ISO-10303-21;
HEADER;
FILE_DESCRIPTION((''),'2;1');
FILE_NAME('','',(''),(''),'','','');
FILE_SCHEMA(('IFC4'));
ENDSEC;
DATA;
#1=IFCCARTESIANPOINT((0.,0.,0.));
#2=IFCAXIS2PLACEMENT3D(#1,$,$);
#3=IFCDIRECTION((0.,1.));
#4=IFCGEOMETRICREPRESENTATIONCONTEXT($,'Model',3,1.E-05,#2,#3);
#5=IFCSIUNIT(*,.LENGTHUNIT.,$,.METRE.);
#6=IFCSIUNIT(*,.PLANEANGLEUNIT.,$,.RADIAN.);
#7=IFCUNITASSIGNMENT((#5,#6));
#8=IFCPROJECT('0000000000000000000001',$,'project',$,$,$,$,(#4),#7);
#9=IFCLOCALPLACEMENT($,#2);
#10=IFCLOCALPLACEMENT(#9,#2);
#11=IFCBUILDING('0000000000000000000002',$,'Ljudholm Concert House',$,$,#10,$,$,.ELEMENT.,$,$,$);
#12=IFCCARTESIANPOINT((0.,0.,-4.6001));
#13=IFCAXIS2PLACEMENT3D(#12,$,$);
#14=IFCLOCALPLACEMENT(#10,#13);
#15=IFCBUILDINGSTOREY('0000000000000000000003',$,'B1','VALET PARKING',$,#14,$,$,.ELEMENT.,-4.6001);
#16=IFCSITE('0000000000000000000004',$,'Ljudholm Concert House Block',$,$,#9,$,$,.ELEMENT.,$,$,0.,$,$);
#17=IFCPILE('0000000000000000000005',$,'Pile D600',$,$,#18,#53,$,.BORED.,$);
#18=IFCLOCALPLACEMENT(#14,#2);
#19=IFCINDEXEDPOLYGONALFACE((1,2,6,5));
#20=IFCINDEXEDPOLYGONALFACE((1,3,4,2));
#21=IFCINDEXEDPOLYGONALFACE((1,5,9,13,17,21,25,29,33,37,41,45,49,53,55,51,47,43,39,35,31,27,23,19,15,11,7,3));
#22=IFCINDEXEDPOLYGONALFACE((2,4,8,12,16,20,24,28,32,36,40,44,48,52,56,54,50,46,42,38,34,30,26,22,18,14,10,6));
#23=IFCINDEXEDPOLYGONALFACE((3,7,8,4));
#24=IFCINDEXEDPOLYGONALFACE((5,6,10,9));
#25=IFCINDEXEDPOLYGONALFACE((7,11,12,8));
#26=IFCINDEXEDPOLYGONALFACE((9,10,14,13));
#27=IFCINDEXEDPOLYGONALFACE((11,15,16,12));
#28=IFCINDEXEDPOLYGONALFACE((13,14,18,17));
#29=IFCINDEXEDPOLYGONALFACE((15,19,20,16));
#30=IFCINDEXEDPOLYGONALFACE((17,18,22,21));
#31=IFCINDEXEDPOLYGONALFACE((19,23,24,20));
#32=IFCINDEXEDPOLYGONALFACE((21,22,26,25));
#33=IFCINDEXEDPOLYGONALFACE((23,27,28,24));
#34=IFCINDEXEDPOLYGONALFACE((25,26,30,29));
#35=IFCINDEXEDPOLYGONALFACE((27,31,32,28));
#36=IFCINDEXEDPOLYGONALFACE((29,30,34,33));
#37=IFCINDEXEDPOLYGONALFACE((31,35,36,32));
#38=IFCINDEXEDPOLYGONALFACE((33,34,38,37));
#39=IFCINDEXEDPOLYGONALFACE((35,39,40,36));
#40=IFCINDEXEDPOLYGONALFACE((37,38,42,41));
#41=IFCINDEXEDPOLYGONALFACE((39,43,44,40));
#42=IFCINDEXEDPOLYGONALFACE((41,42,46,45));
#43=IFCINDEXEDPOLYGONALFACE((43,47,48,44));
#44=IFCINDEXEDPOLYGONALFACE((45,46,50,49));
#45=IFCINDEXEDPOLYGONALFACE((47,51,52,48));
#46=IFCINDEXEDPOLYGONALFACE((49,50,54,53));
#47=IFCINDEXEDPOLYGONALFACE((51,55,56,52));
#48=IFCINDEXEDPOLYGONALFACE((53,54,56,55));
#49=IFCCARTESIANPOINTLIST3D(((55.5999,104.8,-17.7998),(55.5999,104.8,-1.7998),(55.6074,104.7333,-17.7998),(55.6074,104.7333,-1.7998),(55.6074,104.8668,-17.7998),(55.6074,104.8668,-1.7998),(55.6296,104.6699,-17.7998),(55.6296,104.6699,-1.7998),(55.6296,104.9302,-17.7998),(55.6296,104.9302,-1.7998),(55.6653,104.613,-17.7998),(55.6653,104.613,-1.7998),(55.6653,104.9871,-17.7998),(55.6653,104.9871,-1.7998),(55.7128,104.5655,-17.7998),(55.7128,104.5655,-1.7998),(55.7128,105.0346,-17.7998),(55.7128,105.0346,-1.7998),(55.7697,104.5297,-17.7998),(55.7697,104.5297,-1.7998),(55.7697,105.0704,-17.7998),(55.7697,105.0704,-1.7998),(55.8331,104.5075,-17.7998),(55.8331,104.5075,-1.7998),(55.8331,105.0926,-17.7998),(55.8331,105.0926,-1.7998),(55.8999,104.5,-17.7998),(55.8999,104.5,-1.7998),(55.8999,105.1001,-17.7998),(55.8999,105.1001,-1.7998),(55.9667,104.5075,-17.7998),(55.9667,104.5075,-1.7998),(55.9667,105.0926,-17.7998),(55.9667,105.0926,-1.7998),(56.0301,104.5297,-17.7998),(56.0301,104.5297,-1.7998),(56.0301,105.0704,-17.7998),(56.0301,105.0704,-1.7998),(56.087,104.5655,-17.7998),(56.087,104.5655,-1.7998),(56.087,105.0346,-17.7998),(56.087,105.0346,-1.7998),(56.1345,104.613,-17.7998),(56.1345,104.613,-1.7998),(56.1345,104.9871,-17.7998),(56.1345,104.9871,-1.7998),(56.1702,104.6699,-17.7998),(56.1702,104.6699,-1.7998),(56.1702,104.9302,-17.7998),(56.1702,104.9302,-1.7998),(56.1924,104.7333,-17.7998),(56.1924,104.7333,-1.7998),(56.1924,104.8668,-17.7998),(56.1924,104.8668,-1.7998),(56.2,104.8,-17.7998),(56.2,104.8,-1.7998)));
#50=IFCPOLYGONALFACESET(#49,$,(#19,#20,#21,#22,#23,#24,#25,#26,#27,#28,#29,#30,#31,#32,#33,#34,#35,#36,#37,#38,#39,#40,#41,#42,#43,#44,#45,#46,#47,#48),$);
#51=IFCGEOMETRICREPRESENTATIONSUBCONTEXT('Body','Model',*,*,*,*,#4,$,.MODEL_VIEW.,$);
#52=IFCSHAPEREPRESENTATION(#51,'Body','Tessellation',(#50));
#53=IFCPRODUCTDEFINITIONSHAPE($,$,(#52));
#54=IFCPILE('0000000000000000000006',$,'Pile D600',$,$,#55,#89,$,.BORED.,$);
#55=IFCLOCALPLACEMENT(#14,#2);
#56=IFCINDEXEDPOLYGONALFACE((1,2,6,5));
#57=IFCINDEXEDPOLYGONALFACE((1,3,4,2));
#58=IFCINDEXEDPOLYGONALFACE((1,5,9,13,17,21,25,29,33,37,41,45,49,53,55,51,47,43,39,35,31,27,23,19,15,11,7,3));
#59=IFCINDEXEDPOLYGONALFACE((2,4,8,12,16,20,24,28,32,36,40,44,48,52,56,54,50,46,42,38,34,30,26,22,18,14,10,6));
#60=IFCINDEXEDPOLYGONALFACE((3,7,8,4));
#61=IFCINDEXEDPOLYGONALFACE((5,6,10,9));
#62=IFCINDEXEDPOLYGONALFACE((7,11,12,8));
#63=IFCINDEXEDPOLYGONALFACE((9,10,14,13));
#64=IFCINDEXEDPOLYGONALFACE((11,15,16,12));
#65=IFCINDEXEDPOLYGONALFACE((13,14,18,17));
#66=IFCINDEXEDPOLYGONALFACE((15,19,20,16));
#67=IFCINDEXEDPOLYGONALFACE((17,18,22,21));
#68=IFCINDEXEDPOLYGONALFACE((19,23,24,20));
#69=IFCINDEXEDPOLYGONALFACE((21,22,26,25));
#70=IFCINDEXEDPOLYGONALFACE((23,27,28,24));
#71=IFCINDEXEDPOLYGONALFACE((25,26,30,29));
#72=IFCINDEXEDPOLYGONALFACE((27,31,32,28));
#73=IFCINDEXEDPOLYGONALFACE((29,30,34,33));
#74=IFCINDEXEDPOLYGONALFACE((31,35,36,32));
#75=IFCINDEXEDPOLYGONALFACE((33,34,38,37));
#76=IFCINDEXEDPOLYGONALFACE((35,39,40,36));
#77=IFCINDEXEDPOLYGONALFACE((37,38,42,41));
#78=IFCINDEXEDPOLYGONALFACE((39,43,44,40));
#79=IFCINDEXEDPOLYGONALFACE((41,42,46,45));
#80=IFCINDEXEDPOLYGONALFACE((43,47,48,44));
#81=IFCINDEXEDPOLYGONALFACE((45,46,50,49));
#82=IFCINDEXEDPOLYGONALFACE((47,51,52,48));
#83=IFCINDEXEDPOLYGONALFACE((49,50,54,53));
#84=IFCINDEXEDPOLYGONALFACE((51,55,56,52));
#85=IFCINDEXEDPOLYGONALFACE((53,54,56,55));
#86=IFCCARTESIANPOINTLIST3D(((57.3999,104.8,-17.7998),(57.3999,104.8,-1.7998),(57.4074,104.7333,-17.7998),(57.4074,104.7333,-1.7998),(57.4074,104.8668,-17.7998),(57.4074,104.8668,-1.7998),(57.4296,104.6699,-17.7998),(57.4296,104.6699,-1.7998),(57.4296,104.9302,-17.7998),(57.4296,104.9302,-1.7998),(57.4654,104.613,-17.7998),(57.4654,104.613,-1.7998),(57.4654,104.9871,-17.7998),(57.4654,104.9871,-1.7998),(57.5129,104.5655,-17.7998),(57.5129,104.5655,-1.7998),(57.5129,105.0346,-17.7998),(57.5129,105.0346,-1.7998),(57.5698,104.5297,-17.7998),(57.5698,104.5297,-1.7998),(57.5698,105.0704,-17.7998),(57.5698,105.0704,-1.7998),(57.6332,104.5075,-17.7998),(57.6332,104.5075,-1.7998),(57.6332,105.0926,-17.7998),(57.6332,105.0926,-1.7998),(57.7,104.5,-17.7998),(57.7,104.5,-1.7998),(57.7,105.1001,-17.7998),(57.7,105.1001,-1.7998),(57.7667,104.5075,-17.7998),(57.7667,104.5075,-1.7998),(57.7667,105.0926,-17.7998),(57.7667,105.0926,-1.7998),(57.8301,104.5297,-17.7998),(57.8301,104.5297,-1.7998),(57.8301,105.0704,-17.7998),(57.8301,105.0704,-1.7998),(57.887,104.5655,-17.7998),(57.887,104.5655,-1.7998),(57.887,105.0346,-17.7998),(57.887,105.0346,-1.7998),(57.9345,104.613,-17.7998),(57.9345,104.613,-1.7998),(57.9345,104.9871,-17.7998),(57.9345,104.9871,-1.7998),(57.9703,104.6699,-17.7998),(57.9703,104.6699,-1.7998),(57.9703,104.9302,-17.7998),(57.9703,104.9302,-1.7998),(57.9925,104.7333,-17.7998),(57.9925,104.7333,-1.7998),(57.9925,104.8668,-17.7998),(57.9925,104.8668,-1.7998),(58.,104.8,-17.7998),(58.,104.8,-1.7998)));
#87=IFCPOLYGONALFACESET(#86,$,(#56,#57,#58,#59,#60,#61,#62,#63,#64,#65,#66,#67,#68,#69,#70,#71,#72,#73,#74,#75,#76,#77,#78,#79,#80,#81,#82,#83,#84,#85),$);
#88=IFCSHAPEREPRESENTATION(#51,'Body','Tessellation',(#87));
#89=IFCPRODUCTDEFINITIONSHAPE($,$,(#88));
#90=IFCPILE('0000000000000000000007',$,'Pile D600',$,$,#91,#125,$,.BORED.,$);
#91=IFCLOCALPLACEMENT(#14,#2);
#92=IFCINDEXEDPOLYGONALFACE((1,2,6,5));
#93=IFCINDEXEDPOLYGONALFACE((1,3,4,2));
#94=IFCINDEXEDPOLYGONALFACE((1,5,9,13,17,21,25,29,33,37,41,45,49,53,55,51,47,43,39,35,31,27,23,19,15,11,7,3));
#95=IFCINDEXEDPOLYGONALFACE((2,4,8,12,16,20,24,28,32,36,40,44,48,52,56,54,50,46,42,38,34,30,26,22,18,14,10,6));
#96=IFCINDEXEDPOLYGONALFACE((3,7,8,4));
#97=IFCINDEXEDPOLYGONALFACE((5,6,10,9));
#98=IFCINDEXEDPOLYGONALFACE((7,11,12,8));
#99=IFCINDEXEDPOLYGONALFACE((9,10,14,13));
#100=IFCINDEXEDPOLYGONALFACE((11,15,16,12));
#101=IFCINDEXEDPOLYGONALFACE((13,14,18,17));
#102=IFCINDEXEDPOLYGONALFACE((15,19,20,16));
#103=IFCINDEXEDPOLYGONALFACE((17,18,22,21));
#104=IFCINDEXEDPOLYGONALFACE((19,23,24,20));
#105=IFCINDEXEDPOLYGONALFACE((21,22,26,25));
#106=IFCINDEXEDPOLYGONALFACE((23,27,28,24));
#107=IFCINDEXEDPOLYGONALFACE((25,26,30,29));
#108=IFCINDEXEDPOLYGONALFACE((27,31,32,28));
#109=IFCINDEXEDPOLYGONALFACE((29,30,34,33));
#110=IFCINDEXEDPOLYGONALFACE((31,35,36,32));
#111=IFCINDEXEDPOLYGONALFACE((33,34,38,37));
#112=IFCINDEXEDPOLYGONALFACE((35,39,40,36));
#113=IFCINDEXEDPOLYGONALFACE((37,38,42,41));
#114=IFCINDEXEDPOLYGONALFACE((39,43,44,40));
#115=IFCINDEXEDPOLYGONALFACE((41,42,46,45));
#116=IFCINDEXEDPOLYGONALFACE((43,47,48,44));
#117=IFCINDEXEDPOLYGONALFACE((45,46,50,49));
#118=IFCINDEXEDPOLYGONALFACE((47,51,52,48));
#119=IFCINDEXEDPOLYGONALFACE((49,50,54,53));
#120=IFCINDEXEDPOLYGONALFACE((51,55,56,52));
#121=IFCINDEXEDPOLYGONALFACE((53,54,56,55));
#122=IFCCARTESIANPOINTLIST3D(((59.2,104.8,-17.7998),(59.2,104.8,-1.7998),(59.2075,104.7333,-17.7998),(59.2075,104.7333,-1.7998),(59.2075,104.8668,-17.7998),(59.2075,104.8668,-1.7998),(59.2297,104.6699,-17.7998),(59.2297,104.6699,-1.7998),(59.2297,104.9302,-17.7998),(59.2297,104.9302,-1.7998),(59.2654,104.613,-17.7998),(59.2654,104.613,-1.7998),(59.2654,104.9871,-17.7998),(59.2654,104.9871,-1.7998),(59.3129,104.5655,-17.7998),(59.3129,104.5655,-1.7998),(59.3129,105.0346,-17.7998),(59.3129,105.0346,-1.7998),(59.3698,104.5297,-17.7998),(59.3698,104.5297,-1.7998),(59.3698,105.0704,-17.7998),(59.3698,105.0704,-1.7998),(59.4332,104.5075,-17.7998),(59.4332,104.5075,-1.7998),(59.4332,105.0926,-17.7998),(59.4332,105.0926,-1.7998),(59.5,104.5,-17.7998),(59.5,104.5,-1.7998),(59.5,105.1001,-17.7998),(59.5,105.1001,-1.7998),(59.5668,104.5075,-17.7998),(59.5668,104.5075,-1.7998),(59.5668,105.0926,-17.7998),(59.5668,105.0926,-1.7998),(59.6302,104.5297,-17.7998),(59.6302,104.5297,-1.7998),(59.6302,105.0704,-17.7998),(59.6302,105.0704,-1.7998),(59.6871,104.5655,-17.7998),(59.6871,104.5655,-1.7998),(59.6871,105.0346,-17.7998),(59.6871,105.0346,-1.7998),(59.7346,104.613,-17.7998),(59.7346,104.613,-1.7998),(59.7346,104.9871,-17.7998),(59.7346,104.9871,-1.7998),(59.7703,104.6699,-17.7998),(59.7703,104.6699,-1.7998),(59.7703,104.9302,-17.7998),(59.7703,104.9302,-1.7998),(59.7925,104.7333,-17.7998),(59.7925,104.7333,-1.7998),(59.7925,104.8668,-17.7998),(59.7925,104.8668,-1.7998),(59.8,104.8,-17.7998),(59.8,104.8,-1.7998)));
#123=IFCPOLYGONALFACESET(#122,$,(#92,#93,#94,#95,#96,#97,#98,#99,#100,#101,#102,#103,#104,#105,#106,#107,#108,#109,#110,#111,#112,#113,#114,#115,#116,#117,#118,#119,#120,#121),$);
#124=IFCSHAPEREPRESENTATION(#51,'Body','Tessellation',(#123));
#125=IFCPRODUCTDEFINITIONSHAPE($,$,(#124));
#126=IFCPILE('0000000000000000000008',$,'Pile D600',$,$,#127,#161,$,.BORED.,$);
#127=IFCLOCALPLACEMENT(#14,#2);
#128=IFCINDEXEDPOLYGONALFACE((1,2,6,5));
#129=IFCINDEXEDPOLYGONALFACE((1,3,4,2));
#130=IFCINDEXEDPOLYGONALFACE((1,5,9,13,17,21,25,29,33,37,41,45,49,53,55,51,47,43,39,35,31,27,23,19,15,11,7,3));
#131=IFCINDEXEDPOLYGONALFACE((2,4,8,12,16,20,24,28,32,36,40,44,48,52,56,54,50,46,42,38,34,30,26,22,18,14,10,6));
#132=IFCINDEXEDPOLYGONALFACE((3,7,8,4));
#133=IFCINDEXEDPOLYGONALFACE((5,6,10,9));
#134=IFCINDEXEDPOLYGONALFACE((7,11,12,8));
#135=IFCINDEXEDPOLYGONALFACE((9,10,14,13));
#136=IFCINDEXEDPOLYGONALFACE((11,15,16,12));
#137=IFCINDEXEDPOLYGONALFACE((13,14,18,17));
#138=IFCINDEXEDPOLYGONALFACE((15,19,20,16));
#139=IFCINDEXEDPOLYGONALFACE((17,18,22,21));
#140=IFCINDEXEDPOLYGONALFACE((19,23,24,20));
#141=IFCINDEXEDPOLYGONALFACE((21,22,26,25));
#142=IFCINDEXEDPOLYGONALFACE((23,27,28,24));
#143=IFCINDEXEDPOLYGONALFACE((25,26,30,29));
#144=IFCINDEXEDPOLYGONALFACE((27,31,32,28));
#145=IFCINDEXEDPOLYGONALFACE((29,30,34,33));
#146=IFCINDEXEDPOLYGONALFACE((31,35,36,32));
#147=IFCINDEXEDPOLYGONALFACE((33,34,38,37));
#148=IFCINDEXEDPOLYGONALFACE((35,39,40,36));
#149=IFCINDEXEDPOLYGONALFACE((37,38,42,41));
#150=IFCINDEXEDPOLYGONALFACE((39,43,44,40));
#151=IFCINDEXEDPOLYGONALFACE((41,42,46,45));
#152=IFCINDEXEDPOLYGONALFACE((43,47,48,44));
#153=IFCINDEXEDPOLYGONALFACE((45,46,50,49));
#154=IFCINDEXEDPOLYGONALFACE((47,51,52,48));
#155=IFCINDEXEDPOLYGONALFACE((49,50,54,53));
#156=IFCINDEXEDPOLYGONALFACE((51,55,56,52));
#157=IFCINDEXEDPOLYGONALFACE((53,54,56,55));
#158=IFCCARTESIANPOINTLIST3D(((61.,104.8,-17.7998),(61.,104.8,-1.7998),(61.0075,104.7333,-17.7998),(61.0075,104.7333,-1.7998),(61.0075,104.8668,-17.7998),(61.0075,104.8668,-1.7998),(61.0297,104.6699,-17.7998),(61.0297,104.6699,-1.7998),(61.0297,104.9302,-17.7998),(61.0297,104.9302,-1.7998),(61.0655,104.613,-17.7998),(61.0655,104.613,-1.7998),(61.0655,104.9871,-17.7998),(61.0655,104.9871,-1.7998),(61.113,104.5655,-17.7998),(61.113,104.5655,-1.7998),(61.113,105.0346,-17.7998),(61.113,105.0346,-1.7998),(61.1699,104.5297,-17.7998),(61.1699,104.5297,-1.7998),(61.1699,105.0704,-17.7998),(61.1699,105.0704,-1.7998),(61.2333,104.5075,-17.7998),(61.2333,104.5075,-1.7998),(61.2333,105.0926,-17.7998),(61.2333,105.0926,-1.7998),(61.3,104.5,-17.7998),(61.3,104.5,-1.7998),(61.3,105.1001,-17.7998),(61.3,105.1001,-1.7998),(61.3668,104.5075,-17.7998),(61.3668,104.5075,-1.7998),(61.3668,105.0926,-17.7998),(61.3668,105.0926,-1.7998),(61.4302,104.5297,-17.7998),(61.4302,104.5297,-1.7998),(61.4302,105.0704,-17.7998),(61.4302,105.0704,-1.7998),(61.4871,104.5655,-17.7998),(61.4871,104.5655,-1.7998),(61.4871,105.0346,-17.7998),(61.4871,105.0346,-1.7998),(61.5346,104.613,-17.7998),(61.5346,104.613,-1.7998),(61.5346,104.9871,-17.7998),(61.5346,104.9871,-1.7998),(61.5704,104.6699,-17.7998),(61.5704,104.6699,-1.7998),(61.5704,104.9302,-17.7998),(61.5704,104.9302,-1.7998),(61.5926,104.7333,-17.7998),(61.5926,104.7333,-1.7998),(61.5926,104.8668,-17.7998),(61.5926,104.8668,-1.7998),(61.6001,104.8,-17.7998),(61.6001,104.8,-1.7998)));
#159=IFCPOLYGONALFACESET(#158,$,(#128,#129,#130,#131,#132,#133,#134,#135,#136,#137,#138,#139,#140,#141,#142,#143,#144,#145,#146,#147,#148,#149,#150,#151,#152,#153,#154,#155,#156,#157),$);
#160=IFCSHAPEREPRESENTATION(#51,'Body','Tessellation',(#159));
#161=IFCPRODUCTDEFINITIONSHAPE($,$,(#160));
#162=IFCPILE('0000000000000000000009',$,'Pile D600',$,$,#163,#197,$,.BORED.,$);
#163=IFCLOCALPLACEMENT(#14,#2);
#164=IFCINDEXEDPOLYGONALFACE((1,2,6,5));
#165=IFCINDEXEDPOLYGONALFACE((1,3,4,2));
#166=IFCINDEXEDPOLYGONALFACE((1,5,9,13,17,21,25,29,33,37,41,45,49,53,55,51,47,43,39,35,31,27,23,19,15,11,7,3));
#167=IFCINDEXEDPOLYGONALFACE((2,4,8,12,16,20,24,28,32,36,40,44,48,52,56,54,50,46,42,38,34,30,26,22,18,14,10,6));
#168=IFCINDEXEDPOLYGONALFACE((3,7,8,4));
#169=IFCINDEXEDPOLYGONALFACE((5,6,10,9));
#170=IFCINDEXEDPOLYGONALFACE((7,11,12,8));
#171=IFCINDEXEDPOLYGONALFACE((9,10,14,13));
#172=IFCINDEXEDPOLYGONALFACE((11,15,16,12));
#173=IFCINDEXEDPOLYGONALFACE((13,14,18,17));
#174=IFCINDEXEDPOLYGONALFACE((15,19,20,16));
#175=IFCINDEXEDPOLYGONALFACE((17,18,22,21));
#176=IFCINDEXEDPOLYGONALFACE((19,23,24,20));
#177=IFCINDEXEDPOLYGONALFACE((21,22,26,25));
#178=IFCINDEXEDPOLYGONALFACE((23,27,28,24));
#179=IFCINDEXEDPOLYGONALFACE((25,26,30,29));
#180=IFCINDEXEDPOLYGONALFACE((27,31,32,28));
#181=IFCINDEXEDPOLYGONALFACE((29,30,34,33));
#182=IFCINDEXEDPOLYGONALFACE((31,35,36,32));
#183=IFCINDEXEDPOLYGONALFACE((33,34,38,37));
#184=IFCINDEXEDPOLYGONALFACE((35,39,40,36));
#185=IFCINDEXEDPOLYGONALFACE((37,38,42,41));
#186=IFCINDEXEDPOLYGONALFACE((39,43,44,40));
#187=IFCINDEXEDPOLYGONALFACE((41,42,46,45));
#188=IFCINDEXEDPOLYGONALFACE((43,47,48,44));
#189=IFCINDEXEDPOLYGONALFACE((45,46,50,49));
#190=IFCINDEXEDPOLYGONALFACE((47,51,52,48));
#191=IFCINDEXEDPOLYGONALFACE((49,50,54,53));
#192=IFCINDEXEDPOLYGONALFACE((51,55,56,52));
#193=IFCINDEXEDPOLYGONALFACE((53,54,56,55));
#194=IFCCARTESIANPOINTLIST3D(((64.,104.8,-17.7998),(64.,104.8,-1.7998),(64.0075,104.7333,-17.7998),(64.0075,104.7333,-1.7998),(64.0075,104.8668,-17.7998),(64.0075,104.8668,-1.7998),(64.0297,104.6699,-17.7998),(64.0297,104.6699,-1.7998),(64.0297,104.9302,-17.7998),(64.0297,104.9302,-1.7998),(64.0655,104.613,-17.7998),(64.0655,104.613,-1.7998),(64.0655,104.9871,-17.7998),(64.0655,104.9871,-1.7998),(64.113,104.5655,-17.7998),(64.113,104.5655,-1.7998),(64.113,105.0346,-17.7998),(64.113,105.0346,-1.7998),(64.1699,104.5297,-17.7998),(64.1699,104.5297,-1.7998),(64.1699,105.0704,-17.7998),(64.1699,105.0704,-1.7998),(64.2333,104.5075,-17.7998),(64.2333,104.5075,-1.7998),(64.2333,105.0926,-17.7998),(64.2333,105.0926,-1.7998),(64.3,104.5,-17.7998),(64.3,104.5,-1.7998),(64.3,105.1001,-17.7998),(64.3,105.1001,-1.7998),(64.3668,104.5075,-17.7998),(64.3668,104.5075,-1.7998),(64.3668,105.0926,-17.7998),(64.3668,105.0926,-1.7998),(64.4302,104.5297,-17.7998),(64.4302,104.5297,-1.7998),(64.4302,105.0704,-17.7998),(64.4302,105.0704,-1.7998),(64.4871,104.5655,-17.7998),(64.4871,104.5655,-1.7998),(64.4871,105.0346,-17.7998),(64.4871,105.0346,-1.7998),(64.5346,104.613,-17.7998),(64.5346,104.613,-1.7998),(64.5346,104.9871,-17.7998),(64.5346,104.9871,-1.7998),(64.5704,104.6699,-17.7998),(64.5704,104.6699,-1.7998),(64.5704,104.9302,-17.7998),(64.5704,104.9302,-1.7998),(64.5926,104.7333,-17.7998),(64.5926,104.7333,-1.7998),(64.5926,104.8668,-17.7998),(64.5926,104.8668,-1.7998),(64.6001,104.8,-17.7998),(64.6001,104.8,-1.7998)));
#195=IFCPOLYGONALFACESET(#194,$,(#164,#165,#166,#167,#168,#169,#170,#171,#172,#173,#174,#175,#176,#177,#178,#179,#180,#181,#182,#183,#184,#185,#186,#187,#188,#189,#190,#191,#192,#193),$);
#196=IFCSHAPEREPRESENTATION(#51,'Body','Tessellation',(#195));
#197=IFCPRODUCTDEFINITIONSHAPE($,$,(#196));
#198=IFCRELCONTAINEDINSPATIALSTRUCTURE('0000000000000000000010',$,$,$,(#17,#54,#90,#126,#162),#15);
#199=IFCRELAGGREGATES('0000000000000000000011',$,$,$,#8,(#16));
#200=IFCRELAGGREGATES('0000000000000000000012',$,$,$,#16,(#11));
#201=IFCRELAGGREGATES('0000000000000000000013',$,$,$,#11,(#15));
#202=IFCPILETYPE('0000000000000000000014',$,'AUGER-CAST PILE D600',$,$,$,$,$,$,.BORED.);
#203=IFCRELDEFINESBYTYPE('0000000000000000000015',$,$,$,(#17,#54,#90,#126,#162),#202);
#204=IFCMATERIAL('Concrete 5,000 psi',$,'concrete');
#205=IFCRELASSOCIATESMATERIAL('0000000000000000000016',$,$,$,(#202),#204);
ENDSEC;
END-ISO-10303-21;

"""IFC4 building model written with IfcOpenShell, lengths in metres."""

from ifc_helpers import new_model, si_unit, direction, frame, origin, origin_2d, place, context, subcontext, project, spatial, circle, extrude, material, material_profile, profile_set, type_object, element, save


model = new_model("IFC4")

# Units and contexts
model_context = context("Model", 3, precision=1e-05, world=origin(), true_north=direction((0.0, 1.0)))
body_context = subcontext(model_context, "Body", "Model", "MODEL_VIEW")
ifc_project = project(units=[si_unit("LENGTHUNIT", "METRE"), si_unit("PLANEANGLEUNIT", "RADIAN")], contexts=[model_context])

# Site, building, storey
site_placement = place(None, origin())
site = spatial("IfcSite", under=ifc_project, at=site_placement, Name="Ljudholm Concert House Block", CompositionType="ELEMENT", RefElevation=0.0)
building_placement = place(site_placement, origin())
building = spatial("IfcBuilding", under=site, at=building_placement, Name="Ljudholm Concert House", CompositionType="ELEMENT")
storey_placement = place(building_placement, frame((0.0, 0.0, -4.6001)))
storey = spatial("IfcBuildingStorey", under=building, at=storey_placement, Name="B1", Description="VALET PARKING", CompositionType="ELEMENT", Elevation=-4.6001)

# Piles
ifc_material_1 = material(Name="Concrete 5,000 psi", Category="concrete")
ifc_material_profile_1 = material_profile(ifc_material_1, circle(Radius=0.3, at=origin_2d()), Name="AUGER-CAST PILE D600")
ifc_profile_set_1 = profile_set([ifc_material_profile_1], Name="Concrete 5,000 psi")
pile_type = type_object("IfcPileType", Name="AUGER-CAST PILE D600", PredefinedType="BORED", material=ifc_profile_set_1)
for number, where, z_axis, x_axis, name in (
    (1, (55.8999, 104.8, -1.7998), (0.0, 0.0, -1.0), (1.0, 0.0, 0.0), "Pile D600"),
    (2, (57.7, 104.8, -1.7998), (0.0, 0.0, -1.0), (1.0, 0.0, 0.0), "Pile D600"),
    (3, (59.5, 104.8, -1.7998), (0.0, 0.0, -1.0), (1.0, 0.0, 0.0), "Pile D600"),
    (4, (61.3, 104.8, -1.7998), (0.0, 0.0, -1.0), (1.0, 0.0, 0.0), "Pile D600"),
    (5, (64.3, 104.8, -1.7998), (0.0, 0.0, -1.0), (1.0, 0.0, 0.0), "Pile D600"),
):
    element("IfcPile", number, at=place(storey_placement, frame(where, z_axis=z_axis, x_axis=x_axis)), inside=storey, type_object=pile_type, Name=name, PredefinedType="BORED", context=body_context, shape_type="SweptSolid", body=[
        extrude(circle(Radius=0.3, at=origin_2d()), origin(), (0.0, 0.0, 1.0), 16.0),
    ])

save(model, "model.ifc")
